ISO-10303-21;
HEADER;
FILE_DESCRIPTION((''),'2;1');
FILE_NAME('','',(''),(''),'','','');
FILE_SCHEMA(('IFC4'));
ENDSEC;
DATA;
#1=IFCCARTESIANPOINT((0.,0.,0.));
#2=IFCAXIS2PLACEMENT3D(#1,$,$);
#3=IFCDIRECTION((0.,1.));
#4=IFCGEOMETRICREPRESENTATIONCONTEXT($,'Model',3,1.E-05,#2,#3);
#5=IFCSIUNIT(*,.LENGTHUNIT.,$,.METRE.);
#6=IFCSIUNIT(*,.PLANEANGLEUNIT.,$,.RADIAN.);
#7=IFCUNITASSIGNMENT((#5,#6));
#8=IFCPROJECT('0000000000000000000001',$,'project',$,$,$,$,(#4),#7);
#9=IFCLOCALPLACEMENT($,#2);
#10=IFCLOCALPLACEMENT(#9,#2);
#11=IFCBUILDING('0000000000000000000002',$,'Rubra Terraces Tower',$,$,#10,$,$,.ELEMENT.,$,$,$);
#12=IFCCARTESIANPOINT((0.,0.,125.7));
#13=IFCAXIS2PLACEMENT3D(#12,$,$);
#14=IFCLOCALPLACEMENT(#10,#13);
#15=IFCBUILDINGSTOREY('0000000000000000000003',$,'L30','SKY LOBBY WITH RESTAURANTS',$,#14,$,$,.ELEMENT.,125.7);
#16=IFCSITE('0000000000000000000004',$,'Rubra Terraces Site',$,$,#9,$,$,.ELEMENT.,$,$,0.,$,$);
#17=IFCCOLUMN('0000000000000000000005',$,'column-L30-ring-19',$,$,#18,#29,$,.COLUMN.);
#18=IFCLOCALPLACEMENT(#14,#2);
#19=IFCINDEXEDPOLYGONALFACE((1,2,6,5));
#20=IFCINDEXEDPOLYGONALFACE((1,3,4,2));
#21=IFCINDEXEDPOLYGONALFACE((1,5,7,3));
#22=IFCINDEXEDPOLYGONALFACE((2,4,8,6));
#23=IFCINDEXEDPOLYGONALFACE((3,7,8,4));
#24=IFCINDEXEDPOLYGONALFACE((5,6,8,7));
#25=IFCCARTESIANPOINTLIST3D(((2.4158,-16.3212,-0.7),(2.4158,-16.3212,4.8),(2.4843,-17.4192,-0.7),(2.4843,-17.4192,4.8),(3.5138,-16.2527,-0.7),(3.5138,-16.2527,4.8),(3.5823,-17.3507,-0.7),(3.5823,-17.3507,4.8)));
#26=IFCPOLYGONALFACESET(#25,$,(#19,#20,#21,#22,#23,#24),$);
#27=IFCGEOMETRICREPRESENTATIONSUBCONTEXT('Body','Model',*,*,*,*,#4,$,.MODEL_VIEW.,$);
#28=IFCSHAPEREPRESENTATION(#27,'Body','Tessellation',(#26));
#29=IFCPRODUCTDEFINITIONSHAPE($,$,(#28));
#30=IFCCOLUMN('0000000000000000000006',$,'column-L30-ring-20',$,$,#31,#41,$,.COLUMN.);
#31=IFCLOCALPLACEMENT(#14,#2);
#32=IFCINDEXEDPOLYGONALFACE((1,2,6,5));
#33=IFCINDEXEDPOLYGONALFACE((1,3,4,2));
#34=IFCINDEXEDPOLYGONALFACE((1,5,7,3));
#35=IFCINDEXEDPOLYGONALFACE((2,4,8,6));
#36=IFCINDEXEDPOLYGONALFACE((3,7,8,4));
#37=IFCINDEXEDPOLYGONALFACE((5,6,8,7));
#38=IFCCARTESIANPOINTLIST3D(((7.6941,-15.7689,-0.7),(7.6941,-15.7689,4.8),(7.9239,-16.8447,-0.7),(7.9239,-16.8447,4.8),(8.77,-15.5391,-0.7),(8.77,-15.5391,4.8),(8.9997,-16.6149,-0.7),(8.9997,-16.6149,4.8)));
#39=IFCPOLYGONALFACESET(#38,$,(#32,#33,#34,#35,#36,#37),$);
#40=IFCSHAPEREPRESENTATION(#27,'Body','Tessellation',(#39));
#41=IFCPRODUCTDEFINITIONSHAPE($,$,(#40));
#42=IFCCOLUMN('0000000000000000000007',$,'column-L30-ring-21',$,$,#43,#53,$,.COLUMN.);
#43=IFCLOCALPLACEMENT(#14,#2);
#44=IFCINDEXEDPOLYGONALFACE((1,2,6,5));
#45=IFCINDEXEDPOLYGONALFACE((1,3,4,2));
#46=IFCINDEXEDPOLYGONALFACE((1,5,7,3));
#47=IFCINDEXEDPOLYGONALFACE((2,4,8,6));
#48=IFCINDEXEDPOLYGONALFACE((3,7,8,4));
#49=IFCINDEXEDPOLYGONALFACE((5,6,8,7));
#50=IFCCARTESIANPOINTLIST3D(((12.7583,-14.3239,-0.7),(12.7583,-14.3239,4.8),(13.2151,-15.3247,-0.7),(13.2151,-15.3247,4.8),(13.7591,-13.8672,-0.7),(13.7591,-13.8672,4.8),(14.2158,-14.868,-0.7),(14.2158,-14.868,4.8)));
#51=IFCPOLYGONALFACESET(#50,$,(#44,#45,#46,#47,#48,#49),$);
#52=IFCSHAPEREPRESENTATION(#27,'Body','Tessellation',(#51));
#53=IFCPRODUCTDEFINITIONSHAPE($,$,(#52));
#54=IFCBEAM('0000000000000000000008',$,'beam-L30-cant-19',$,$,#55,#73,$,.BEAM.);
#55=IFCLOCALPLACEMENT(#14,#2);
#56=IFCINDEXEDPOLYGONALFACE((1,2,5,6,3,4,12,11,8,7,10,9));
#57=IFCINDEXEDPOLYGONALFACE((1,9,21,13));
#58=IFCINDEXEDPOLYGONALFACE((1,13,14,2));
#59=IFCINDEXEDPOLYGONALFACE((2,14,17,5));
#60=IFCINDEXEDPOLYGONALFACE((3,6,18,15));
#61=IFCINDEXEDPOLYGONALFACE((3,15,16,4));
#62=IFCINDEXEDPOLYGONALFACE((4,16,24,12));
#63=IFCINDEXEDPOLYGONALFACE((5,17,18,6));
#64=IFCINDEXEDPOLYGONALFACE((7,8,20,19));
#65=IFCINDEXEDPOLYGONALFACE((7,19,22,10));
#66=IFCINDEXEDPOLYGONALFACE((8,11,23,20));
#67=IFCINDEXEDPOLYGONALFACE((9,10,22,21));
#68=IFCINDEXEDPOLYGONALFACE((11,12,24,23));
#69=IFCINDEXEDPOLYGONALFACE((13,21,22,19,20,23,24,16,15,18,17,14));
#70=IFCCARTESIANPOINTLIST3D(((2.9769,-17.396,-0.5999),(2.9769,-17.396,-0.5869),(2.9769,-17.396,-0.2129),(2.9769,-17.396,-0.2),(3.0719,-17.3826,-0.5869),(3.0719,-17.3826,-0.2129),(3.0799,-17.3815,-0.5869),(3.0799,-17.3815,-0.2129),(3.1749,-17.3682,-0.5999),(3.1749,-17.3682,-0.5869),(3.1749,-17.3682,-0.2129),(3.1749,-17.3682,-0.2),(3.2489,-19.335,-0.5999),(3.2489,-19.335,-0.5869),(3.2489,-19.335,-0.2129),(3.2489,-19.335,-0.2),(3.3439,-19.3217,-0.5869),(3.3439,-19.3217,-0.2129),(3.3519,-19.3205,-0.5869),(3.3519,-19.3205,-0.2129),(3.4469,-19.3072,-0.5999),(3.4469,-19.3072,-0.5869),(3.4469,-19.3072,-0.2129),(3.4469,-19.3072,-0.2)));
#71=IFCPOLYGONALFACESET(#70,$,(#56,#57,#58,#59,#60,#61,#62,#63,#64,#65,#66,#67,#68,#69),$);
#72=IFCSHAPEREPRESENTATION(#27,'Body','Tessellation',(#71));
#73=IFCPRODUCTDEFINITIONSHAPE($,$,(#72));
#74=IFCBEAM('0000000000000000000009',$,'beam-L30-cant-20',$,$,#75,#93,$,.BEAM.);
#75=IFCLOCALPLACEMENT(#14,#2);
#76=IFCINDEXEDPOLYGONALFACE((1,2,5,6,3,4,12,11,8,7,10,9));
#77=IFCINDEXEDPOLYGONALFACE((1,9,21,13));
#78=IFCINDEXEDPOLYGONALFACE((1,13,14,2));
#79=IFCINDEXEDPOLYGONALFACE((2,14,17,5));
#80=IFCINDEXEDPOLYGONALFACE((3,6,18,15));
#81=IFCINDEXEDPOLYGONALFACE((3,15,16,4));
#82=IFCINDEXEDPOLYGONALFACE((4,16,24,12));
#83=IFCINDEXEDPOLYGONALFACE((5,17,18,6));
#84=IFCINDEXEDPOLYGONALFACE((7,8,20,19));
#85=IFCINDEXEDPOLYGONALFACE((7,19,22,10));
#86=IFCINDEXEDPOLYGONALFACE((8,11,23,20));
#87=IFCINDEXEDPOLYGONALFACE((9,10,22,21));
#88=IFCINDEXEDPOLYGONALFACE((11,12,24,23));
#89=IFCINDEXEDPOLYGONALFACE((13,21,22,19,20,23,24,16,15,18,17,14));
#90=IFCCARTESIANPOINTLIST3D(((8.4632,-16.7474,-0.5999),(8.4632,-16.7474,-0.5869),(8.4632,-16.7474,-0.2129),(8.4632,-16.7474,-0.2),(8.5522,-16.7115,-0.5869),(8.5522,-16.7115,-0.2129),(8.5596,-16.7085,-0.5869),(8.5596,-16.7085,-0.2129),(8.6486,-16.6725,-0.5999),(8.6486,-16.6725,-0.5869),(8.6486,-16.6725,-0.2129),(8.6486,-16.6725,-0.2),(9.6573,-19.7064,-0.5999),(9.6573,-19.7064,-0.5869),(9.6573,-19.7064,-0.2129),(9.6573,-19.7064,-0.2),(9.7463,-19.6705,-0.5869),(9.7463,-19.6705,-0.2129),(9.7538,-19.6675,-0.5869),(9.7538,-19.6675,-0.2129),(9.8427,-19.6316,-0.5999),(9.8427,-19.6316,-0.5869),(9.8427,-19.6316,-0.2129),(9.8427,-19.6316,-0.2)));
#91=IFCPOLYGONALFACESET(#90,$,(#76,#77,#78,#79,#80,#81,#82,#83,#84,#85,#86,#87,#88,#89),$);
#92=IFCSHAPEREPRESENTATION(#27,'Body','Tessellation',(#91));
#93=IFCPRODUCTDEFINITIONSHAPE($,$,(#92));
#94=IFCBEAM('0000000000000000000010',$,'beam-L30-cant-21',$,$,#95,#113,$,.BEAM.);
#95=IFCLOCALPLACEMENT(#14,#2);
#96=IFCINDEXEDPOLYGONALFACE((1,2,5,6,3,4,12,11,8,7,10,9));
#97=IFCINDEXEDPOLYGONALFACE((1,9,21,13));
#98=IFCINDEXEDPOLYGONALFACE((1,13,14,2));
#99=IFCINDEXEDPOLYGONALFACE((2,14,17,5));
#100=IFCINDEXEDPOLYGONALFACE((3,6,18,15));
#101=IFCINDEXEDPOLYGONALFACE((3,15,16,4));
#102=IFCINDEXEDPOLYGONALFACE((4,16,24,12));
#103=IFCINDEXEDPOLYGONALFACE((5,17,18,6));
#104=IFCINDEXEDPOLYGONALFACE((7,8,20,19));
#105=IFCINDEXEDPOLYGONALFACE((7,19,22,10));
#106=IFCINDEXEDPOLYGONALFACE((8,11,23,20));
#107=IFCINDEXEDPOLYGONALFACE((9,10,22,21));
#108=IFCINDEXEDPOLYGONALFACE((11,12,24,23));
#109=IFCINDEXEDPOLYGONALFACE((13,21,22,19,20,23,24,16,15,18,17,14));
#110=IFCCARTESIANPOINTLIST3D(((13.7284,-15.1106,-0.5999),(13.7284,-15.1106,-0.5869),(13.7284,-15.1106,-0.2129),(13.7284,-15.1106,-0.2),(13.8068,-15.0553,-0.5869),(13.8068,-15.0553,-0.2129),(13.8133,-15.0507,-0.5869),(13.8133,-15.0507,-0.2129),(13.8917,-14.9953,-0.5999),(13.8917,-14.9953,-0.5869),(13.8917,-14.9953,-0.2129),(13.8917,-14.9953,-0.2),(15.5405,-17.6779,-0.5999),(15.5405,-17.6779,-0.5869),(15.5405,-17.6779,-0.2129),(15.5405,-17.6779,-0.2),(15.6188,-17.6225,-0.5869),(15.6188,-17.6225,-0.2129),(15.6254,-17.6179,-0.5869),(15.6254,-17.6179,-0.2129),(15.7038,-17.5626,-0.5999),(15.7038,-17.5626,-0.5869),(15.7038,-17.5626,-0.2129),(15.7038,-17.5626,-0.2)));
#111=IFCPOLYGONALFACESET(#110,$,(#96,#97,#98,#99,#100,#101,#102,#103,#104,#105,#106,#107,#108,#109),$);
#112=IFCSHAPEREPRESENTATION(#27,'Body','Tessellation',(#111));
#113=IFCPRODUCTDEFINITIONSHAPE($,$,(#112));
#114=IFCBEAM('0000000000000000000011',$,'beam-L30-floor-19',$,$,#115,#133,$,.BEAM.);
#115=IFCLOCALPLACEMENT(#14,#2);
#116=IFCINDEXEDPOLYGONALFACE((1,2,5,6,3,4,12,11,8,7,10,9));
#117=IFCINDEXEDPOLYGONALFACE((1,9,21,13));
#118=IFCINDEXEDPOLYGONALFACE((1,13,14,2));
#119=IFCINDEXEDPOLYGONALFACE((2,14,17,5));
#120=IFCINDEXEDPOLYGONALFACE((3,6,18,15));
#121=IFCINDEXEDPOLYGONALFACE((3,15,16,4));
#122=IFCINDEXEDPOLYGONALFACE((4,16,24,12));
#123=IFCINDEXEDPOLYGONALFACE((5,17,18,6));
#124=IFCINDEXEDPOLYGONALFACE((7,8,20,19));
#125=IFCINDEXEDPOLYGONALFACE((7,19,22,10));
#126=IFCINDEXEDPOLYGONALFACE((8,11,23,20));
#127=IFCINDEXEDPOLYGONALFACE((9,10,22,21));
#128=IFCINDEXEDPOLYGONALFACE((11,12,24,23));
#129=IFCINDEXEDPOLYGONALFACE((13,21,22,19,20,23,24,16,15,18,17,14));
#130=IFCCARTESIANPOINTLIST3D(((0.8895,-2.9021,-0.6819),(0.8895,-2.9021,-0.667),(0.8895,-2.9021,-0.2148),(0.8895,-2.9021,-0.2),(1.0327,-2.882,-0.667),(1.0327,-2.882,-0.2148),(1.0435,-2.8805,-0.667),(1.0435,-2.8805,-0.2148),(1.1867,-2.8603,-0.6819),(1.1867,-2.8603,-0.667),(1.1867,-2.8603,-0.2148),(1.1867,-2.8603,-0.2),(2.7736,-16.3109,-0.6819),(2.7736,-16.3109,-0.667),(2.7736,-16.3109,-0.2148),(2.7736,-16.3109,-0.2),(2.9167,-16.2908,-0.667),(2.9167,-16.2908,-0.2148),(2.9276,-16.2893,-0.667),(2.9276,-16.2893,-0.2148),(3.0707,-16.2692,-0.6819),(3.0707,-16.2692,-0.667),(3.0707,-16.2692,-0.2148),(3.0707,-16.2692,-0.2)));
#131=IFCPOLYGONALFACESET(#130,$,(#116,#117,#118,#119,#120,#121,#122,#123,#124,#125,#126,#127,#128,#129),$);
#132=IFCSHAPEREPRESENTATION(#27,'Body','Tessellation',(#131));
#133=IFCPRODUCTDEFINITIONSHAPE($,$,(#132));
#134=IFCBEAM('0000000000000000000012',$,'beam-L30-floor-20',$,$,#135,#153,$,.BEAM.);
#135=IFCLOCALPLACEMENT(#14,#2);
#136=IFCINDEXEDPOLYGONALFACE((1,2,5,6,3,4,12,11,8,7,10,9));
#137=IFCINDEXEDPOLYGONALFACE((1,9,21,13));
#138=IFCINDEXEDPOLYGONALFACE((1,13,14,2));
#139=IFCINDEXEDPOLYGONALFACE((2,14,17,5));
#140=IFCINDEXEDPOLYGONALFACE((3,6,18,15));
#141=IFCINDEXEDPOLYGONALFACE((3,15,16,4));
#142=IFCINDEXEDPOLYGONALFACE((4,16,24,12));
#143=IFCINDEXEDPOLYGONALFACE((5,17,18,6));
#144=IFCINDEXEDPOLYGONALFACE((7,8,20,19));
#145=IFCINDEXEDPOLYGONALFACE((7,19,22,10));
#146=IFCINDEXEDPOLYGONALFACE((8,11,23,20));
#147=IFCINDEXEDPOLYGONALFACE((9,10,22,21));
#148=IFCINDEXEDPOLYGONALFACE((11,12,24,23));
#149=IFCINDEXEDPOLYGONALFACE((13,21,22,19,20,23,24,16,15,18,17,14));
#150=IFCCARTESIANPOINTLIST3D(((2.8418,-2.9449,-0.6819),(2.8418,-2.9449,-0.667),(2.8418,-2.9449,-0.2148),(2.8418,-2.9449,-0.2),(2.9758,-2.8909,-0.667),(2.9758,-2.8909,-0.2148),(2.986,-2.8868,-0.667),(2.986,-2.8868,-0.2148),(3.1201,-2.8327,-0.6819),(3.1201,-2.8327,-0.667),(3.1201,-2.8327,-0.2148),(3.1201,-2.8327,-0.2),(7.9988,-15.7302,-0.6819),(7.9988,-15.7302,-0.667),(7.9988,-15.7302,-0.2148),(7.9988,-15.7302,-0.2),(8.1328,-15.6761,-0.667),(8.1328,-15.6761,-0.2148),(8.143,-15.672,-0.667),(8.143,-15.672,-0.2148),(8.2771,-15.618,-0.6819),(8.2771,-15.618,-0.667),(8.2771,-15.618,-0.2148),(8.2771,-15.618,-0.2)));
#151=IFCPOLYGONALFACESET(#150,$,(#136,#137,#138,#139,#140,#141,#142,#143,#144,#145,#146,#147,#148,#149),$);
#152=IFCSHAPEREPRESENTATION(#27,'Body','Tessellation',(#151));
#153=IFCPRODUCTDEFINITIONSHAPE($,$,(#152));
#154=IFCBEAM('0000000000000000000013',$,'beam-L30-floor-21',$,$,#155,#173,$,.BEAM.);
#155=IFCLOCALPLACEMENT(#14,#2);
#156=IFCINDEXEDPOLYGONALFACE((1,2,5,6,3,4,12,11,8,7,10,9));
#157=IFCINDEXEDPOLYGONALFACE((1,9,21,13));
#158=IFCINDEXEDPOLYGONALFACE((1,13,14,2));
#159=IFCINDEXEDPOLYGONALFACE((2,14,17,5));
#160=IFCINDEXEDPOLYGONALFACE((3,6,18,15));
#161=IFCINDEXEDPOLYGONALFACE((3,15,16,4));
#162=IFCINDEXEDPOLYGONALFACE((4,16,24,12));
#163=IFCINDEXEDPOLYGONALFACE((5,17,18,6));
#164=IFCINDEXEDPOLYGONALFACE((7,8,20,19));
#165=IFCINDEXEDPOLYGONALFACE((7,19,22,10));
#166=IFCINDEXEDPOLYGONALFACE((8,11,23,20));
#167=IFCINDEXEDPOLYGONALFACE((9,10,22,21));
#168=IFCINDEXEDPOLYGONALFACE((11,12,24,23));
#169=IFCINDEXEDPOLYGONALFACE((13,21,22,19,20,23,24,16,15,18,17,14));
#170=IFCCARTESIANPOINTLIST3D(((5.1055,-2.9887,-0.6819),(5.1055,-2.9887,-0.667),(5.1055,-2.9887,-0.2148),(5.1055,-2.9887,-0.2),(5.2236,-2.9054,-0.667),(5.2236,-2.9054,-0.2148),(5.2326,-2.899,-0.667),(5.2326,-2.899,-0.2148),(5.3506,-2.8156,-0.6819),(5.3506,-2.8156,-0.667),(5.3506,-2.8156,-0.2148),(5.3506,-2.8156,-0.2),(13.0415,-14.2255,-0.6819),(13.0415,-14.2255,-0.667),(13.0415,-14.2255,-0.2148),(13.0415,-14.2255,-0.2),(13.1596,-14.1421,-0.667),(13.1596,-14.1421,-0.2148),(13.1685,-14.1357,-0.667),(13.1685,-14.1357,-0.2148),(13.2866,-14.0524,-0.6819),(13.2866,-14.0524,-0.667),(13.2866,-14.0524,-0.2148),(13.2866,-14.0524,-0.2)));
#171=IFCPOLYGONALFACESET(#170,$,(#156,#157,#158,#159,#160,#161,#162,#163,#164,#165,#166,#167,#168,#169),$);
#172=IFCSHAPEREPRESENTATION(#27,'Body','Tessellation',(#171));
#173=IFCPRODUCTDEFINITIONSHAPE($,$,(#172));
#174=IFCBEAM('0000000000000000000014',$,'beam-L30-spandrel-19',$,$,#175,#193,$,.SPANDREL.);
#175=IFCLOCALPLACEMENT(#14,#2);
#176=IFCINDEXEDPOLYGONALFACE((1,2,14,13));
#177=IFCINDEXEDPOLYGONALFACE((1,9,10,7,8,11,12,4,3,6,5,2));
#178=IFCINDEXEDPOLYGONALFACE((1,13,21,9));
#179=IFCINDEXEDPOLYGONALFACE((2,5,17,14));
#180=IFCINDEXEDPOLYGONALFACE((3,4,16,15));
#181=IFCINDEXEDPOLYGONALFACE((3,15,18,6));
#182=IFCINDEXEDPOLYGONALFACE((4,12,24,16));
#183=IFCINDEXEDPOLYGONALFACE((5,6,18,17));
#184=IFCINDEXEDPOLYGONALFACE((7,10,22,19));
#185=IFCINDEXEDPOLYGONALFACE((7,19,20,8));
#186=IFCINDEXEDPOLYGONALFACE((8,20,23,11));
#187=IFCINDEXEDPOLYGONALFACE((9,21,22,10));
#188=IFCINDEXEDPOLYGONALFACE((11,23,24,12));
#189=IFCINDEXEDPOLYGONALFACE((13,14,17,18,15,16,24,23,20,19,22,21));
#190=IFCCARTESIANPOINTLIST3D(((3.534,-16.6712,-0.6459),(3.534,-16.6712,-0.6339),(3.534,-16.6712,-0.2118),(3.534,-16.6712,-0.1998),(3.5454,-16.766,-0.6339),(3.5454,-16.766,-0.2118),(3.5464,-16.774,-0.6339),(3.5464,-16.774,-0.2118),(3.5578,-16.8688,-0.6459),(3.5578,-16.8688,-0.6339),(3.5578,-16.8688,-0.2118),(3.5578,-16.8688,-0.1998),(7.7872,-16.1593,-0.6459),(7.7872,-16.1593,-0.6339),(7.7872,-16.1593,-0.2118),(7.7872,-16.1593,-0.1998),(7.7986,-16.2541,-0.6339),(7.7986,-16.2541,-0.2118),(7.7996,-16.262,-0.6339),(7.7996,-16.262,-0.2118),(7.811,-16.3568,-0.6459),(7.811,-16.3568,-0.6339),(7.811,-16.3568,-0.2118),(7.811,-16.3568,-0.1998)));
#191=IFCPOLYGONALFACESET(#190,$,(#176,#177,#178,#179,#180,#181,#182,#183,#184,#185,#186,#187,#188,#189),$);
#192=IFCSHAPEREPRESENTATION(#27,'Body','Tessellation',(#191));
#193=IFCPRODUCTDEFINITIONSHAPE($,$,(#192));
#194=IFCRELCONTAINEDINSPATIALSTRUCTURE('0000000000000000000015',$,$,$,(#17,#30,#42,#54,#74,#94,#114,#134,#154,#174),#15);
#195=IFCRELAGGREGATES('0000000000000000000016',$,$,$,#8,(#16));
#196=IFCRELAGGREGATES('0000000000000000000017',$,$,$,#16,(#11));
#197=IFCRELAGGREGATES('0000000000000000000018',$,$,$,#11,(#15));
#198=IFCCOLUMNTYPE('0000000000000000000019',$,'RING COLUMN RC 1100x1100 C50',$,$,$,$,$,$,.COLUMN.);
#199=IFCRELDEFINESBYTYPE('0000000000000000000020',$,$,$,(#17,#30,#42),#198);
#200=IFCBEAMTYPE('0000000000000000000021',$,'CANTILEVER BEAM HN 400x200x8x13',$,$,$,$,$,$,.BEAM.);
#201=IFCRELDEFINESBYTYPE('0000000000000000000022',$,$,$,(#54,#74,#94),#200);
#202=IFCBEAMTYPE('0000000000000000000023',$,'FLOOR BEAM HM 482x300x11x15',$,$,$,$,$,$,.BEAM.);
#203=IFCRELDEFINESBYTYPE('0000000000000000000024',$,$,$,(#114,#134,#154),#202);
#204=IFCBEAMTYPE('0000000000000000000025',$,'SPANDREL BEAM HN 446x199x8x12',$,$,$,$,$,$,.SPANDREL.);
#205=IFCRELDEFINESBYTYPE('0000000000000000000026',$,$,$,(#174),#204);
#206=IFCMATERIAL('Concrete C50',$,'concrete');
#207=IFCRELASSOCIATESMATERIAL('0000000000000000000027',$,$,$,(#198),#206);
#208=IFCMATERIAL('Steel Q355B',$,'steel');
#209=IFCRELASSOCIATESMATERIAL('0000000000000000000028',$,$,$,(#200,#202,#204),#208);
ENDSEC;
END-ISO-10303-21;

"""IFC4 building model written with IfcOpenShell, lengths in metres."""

from ifc_helpers import new_model, si_unit, direction, frame, origin, origin_2d, place, context, subcontext, project, spatial, rectangle, i_section, extrude, material, material_profile, profile_set, type_object, element, save


model = new_model("IFC4")

# Units and contexts
model_context = context("Model", 3, precision=1e-05, world=origin(), true_north=direction((0.0, 1.0)))
body_context = subcontext(model_context, "Body", "Model", "MODEL_VIEW")
ifc_project = project(units=[si_unit("LENGTHUNIT", "METRE"), si_unit("PLANEANGLEUNIT", "RADIAN")], contexts=[model_context])

# Site, building, storey
site_placement = place(None, origin())
site = spatial("IfcSite", under=ifc_project, at=site_placement, Name="Rubra Terraces Site", CompositionType="ELEMENT", RefElevation=0.0)
building_placement = place(site_placement, origin())
building = spatial("IfcBuilding", under=site, at=building_placement, Name="Rubra Terraces Tower", CompositionType="ELEMENT")
storey_placement = place(building_placement, frame((0.0, 0.0, 125.7)))
storey = spatial("IfcBuildingStorey", under=building, at=storey_placement, Name="L30", Description="SKY LOBBY WITH RESTAURANTS", CompositionType="ELEMENT", Elevation=125.7)

# Columns
ifc_material_1 = material(Name="Concrete C50", Category="concrete")
ifc_material_profile_1 = material_profile(ifc_material_1, rectangle(XDim=1.1001, YDim=1.1001, at=origin_2d()), Name="RC 1100x1100")
ifc_profile_set_1 = profile_set([ifc_material_profile_1], Name="Concrete C50")
column_type = type_object("IfcColumnType", Name="RING COLUMN RC 1100x1100 C50", PredefinedType="COLUMN", material=ifc_profile_set_1)
for number, where, z_axis, x_axis, name in (
    (1, (2.999, -16.8359, -0.7), (0.0, 0.0, 1.0), (0.998059, 0.062268, 0.0), "column-L30-ring-19"),
    (2, (8.3469, -16.1919, -0.7), (0.0, 0.0, 1.0), (0.977944, 0.208867, 0.0), "column-L30-ring-20"),
    (3, (13.4871, -14.5959, -0.7), (0.0, 0.0, 1.0), (0.909726, 0.415208, 0.0), "column-L30-ring-21"),
):
    element("IfcColumn", number, at=place(storey_placement, frame(where, z_axis=z_axis, x_axis=x_axis)), inside=storey, type_object=column_type, Name=name, PredefinedType="COLUMN", context=body_context, shape_type="SweptSolid", body=[
        extrude(rectangle(XDim=1.1001, YDim=1.1001, at=origin_2d()), origin(), (0.0, 0.0, 1.0), 5.5),
    ])

# Beams
ifc_material_2 = material(Name="Steel Q355B", Category="steel")
ifc_material_profile_2 = material_profile(ifc_material_2, i_section(OverallWidth=0.2, OverallDepth=0.3999, WebThickness=0.0081, FlangeThickness=0.0129, at=origin_2d()), Name="HN 400x200x8x13")
ifc_profile_set_2 = profile_set([ifc_material_profile_2], Name="Steel Q355B")
beam_type_1 = type_object("IfcBeamType", Name="CANTILEVER BEAM HN 400x200x8x13", PredefinedType="BEAM", material=ifc_profile_set_2)
beam_1_placement = place(storey_placement, frame((3.0759, -17.3821, -0.3999), z_axis=(0.138907, -0.990305, 0.0), x_axis=(0.990305, 0.138907, 0.0)))
element("IfcBeam", 4, at=beam_1_placement, inside=storey, type_object=beam_type_1, Name="beam-L30-cant-19", PredefinedType="BEAM", context=body_context, shape_type="SweptSolid", body=[
    extrude(i_section(OverallWidth=0.2, OverallDepth=0.3999, WebThickness=0.0081, FlangeThickness=0.0129, at=origin_2d()), origin(), (0.0, 0.0, 1.0), 1.958),
])
beam_2_placement = place(storey_placement, frame((8.5559, -16.71, -0.3999), z_axis=(0.374225, -0.927338, 0.0), x_axis=(0.927338, 0.374225, 0.0)))
element("IfcBeam", 5, at=beam_2_placement, inside=storey, type_object=beam_type_1, Name="beam-L30-cant-20", PredefinedType="BEAM", context=body_context, shape_type="SweptSolid", body=[
    extrude(i_section(OverallWidth=0.2, OverallDepth=0.3999, WebThickness=0.0081, FlangeThickness=0.0129, at=origin_2d()), origin(), (0.0, 0.0, 1.0), 3.1909),
])
beam_3_placement = place(storey_placement, frame((13.8101, -15.053, -0.3999), z_axis=(0.576665, -0.816981, 0.0), x_axis=(0.816981, 0.576665, 0.0)))
element("IfcBeam", 6, at=beam_3_placement, inside=storey, type_object=beam_type_1, Name="beam-L30-cant-21", PredefinedType="BEAM", context=body_context, shape_type="SweptSolid", body=[
    extrude(i_section(OverallWidth=0.2, OverallDepth=0.3999, WebThickness=0.0081, FlangeThickness=0.0129, at=origin_2d()), origin(), (0.0, 0.0, 1.0), 3.1423),
])
ifc_material_profile_3 = material_profile(ifc_material_2, i_section(OverallWidth=0.3, OverallDepth=0.4819, WebThickness=0.011, FlangeThickness=0.0149, at=origin_2d()), Name="HM 482x300x11x15")
ifc_profile_set_3 = profile_set([ifc_material_profile_3], Name="Steel Q355B")
beam_type_2 = type_object("IfcBeamType", Name="FLOOR BEAM HM 482x300x11x15", PredefinedType="BEAM", material=ifc_profile_set_3)
beam_4_placement = place(storey_placement, frame((2.9221, -16.29, -0.4409), z_axis=(-0.139139, 0.990273, 0.0), x_axis=(-0.990273, -0.139139, 0.0)))
element("IfcBeam", 7, at=beam_4_placement, inside=storey, type_object=beam_type_2, Name="beam-L30-floor-19", PredefinedType="BEAM", context=body_context, shape_type="SweptSolid", body=[
    extrude(i_section(OverallWidth=0.3, OverallDepth=0.4819, WebThickness=0.011, FlangeThickness=0.0149, at=origin_2d()), origin(), (0.0, 0.0, 1.0), 13.5405),
])
beam_5_placement = place(storey_placement, frame((8.1379, -15.6741, -0.4409), z_axis=(-0.374073, 0.927399, 0.0), x_axis=(-0.927399, -0.374073, 0.0)))
element("IfcBeam", 8, at=beam_5_placement, inside=storey, type_object=beam_type_2, Name="beam-L30-floor-20", PredefinedType="BEAM", context=body_context, shape_type="SweptSolid", body=[
    extrude(i_section(OverallWidth=0.3, OverallDepth=0.4819, WebThickness=0.011, FlangeThickness=0.0149, at=origin_2d()), origin(), (0.0, 0.0, 1.0), 13.7861),
])
beam_6_placement = place(storey_placement, frame((13.1641, -14.1389, -0.4409), z_axis=(-0.576885, 0.816825, 0.0), x_axis=(-0.816825, -0.576885, 0.0)))
element("IfcBeam", 9, at=beam_6_placement, inside=storey, type_object=beam_type_2, Name="beam-L30-floor-21", PredefinedType="BEAM", context=body_context, shape_type="SweptSolid", body=[
    extrude(i_section(OverallWidth=0.3, OverallDepth=0.4819, WebThickness=0.011, FlangeThickness=0.0149, at=origin_2d()), origin(), (0.0, 0.0, 1.0), 13.7566),
])
ifc_material_profile_4 = material_profile(ifc_material_2, i_section(OverallWidth=0.199, OverallDepth=0.446, WebThickness=0.0081, FlangeThickness=0.012, at=origin_2d()), Name="HN 446x199x8x12")
ifc_profile_set_4 = profile_set([ifc_material_profile_4], Name="Steel Q355B")
beam_type_3 = type_object("IfcBeamType", Name="SPANDREL BEAM HN 446x199x8x12", PredefinedType="SPANDREL", material=ifc_profile_set_4)
beam_7_placement = place(storey_placement, frame((3.5459, -16.77, -0.4229), z_axis=(0.992833, 0.119509, 0.0), x_axis=(-0.119509, 0.992833, 0.0)))
element("IfcBeam", 10, at=beam_7_placement, inside=storey, type_object=beam_type_3, Name="beam-L30-spandrel-19", PredefinedType="SPANDREL", context=body_context, shape_type="SweptSolid", body=[
    extrude(i_section(OverallWidth=0.199, OverallDepth=0.446, WebThickness=0.0081, FlangeThickness=0.012, at=origin_2d()), origin(), (0.0, 0.0, 1.0), 4.2839),
])

save(model, "model.ifc")
